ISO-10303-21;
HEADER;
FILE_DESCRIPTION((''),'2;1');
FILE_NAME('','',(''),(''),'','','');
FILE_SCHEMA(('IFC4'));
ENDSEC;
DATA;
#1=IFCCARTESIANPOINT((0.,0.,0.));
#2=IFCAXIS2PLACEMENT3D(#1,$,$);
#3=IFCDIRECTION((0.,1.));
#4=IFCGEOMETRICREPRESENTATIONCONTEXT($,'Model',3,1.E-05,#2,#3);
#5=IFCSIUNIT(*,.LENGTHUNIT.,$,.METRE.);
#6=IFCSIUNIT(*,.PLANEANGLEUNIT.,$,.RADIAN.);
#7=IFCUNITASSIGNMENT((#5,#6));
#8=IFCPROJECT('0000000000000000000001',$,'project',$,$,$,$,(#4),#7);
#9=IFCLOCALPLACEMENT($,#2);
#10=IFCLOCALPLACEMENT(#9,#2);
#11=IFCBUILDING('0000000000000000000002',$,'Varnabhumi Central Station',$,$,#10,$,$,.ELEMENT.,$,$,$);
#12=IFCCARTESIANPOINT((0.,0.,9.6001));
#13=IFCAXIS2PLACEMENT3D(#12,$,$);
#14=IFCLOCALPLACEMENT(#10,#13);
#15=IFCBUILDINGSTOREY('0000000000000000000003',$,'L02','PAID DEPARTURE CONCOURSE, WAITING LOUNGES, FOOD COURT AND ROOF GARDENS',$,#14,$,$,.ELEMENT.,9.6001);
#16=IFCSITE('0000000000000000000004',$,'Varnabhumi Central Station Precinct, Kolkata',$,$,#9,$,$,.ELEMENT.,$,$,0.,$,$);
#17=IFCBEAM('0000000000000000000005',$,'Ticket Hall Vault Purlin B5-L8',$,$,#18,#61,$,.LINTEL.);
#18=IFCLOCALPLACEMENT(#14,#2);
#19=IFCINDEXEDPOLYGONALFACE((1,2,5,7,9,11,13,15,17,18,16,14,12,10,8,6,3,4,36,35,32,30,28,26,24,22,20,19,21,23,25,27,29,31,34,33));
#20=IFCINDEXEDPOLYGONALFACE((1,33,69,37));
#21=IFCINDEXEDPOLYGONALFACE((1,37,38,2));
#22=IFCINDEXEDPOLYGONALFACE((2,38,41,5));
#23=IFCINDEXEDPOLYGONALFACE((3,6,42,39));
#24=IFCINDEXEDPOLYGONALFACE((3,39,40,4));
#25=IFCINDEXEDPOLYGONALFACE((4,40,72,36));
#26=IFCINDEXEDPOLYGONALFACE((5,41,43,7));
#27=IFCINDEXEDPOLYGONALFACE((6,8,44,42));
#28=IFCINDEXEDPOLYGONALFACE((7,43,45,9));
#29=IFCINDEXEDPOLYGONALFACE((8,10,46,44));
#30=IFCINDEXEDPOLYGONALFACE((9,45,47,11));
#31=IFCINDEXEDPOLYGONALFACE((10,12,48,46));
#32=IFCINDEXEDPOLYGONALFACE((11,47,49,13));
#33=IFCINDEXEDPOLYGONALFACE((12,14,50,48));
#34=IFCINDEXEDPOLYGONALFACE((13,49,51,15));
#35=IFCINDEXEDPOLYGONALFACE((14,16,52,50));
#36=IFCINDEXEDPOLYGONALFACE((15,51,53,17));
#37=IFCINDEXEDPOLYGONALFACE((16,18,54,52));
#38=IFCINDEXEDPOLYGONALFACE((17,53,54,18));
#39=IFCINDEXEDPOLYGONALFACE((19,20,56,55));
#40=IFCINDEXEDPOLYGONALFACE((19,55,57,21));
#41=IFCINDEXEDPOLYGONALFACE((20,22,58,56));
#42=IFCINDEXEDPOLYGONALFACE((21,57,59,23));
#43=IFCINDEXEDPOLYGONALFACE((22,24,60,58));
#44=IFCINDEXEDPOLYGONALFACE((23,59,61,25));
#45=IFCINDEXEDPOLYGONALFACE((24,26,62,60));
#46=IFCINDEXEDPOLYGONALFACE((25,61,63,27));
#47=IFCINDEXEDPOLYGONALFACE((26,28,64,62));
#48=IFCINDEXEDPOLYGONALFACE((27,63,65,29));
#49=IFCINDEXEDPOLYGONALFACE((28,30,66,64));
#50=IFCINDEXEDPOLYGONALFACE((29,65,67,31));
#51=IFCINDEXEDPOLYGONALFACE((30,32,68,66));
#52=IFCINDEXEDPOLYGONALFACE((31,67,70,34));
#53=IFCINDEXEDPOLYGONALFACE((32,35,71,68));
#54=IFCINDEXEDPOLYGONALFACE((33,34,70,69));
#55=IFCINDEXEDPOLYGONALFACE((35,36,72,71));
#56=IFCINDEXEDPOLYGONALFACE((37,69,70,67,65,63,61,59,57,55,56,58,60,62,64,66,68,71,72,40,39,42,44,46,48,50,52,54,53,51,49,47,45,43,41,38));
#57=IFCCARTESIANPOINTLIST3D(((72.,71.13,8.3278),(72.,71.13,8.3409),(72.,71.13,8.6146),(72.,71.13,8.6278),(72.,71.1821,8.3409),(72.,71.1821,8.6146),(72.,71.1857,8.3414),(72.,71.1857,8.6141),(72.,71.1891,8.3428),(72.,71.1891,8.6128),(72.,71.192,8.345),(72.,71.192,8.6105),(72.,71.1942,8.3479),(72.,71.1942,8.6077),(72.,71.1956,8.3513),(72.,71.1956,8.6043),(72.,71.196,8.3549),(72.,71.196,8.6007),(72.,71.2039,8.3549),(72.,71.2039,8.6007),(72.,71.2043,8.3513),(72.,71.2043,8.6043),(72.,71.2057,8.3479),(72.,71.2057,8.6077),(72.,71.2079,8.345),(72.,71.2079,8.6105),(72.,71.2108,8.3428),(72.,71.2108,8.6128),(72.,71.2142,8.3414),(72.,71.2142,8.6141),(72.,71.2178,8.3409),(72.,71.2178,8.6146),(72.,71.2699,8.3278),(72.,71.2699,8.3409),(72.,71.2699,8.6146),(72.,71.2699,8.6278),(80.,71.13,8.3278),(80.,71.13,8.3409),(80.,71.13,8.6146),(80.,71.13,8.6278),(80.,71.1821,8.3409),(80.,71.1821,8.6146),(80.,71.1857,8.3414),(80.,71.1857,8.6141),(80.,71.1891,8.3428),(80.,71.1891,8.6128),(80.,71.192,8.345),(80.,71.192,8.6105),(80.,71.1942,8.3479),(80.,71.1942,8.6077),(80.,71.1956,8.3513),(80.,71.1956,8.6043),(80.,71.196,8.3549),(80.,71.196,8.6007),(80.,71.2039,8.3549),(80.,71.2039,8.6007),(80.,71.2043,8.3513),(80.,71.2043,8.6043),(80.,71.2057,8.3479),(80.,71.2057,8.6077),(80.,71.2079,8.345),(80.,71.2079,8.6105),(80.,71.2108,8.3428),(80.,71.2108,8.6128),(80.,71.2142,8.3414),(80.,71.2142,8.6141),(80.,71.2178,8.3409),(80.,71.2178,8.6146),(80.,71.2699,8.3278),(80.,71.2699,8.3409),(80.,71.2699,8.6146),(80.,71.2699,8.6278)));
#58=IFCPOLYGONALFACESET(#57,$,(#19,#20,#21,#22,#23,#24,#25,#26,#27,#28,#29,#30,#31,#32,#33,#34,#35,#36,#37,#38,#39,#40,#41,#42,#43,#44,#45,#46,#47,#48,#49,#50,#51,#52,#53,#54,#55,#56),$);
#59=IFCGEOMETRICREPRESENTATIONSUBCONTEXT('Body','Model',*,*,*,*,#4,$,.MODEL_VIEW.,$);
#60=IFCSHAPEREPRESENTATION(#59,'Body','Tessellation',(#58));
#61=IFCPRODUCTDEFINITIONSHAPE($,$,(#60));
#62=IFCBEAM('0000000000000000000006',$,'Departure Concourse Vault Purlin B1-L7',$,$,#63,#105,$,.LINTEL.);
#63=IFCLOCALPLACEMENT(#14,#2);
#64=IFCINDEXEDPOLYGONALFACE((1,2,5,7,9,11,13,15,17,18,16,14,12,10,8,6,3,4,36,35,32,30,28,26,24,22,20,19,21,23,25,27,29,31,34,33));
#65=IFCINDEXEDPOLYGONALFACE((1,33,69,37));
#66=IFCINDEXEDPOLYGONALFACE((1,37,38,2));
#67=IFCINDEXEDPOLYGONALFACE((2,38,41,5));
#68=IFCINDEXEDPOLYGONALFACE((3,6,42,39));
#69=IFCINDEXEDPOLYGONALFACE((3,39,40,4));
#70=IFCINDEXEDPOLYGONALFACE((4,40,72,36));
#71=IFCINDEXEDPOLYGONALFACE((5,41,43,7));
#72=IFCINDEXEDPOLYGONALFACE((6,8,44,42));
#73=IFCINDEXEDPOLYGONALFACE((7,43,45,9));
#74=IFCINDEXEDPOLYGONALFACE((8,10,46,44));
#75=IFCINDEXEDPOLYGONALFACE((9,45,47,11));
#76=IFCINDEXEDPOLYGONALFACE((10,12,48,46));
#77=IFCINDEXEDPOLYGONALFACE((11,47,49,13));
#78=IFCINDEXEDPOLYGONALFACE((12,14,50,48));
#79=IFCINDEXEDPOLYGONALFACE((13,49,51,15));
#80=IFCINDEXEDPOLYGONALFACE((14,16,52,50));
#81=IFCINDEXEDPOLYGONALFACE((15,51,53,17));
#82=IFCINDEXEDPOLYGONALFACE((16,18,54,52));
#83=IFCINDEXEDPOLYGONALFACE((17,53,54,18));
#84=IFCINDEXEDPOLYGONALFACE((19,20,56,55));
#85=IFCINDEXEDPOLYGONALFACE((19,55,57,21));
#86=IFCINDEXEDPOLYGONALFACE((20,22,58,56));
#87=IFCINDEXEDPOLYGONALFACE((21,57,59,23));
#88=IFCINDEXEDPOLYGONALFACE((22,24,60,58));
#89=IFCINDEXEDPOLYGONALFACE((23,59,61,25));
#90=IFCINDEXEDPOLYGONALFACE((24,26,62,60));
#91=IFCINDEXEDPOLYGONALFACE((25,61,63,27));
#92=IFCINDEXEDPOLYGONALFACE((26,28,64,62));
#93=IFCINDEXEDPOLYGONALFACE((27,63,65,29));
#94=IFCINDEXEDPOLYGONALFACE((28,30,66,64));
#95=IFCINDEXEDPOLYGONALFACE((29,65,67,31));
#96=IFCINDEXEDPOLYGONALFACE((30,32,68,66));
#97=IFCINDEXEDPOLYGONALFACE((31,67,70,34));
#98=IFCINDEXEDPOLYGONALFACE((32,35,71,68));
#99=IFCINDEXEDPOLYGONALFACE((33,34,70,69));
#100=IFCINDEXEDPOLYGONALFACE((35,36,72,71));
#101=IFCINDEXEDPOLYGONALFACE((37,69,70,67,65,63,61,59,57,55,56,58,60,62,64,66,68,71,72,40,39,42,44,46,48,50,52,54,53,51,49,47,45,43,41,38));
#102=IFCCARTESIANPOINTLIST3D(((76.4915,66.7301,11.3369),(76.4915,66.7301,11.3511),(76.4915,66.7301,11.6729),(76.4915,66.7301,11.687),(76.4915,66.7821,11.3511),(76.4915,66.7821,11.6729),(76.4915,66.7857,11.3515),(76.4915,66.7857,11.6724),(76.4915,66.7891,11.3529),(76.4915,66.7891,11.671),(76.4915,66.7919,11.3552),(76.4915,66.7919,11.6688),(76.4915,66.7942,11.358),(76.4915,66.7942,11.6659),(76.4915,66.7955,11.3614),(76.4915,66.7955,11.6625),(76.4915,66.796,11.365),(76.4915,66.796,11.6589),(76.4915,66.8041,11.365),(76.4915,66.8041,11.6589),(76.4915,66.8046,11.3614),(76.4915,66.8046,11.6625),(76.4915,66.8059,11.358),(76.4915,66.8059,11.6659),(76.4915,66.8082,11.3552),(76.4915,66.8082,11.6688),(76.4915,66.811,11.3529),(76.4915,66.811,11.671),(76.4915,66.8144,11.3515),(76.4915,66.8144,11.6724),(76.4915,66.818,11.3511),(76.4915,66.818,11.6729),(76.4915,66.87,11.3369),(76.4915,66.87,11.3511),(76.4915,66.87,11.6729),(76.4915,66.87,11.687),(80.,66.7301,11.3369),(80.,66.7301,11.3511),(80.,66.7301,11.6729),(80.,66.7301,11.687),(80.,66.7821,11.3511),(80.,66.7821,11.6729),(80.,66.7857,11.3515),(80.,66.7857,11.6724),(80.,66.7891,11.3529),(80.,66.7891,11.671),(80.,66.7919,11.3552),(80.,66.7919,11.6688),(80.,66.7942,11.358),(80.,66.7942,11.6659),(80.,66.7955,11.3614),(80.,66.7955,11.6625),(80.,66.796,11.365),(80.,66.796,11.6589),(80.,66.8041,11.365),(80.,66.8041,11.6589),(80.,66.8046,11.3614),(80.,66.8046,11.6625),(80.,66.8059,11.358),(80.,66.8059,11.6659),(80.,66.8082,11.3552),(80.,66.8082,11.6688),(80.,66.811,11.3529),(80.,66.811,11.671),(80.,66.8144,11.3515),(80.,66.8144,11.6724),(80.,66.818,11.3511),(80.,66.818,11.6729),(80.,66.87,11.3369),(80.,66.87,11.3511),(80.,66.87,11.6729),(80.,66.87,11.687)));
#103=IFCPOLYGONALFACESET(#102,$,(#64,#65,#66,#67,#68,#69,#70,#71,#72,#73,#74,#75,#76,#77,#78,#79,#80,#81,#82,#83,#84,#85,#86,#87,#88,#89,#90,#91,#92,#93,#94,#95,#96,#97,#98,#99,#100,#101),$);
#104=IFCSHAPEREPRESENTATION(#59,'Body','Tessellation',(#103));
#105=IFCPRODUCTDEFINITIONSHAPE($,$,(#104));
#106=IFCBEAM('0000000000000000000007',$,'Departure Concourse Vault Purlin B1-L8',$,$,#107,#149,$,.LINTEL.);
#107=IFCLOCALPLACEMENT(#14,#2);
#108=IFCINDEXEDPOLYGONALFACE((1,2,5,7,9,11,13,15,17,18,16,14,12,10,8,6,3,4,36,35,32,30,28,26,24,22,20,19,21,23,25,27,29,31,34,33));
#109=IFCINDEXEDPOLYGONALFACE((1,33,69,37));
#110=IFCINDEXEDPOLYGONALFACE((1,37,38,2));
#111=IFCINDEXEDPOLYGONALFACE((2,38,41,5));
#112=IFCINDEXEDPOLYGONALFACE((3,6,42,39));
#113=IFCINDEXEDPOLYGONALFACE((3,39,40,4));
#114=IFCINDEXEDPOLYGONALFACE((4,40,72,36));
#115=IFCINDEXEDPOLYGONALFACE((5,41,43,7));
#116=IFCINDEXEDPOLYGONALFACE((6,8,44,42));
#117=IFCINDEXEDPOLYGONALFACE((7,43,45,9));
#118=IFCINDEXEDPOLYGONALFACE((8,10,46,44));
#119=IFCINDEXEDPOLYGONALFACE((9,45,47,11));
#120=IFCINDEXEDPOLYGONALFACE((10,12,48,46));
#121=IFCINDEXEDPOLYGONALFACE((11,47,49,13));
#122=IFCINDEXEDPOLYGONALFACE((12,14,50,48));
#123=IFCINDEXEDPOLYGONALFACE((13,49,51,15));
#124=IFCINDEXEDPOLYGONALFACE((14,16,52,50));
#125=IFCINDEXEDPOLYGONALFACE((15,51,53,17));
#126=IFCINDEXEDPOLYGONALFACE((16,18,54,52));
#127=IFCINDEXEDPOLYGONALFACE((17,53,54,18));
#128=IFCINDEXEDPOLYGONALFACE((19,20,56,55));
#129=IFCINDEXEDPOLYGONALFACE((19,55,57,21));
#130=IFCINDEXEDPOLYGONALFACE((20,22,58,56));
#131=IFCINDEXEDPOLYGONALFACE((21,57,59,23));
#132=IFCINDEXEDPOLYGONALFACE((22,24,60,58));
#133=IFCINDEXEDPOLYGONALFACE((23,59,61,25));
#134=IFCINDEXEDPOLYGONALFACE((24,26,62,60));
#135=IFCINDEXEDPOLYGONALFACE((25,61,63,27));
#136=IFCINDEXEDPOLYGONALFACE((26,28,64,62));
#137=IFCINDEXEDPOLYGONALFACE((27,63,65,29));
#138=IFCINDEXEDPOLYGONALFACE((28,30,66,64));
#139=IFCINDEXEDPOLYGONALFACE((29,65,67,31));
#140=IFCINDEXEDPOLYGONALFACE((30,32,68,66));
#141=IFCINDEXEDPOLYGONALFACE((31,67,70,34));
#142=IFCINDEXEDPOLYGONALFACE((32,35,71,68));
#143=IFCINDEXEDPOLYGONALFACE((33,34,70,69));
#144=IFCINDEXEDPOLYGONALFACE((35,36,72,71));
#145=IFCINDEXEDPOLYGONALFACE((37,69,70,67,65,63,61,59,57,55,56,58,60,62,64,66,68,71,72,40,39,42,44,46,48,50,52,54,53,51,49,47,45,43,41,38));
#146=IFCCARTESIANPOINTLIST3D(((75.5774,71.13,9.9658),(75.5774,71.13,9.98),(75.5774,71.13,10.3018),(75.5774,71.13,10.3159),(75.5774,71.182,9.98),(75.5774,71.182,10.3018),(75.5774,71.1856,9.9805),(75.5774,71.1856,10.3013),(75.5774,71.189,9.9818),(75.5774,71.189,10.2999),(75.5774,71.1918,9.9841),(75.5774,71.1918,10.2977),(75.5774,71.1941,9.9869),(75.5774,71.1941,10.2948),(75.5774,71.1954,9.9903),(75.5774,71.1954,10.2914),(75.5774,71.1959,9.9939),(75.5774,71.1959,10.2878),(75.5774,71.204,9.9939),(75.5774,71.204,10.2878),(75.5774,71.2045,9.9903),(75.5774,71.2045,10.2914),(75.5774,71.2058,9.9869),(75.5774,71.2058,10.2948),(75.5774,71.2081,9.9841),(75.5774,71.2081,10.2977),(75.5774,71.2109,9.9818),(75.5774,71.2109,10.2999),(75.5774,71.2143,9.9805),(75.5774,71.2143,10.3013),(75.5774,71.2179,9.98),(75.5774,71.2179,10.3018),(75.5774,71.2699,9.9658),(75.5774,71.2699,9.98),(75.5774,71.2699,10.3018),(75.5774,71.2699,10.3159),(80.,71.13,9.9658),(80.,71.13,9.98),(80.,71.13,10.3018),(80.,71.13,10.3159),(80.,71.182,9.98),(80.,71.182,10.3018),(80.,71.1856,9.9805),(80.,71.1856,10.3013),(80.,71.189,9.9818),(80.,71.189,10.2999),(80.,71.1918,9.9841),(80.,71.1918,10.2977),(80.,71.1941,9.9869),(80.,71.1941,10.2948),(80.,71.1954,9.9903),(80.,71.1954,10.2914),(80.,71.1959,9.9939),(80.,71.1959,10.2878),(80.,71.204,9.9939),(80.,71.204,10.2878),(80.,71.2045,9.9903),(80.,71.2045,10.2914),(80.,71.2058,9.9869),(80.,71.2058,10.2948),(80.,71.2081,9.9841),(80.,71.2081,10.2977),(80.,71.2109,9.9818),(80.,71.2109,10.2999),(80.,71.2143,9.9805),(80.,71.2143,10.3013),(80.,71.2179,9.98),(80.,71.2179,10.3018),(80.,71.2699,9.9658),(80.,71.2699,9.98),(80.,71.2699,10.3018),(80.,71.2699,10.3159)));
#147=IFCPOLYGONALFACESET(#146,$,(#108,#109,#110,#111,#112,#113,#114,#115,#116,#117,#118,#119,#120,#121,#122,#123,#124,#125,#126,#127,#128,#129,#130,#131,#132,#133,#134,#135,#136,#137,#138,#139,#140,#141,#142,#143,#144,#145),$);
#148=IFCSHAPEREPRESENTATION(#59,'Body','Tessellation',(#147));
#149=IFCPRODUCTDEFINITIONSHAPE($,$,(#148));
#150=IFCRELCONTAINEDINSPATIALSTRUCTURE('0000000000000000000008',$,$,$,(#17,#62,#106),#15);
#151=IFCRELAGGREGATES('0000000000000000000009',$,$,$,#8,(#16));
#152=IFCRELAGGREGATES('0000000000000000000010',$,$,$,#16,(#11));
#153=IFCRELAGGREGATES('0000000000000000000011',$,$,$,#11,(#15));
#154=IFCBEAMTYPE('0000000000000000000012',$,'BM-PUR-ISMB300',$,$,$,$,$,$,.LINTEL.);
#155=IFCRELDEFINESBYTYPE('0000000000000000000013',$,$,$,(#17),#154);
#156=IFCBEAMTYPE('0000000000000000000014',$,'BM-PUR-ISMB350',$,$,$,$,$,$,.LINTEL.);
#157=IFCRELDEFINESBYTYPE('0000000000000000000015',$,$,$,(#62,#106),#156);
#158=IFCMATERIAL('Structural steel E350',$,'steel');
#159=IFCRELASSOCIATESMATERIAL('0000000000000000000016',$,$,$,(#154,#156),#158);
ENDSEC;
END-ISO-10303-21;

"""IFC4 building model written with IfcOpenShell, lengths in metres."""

from ifc_helpers import new_model, si_unit, direction, frame, origin, origin_2d, place, context, subcontext, project, spatial, i_section, extrude, material, material_profile, profile_set, type_object, element, save


model = new_model("IFC4")

# Units and contexts
model_context = context("Model", 3, precision=1e-05, world=origin(), true_north=direction((0.0, 1.0)))
body_context = subcontext(model_context, "Body", "Model", "MODEL_VIEW")
ifc_project = project(units=[si_unit("LENGTHUNIT", "METRE"), si_unit("PLANEANGLEUNIT", "RADIAN")], contexts=[model_context])

# Site, building, storey
site_placement = place(None, origin())
site = spatial("IfcSite", under=ifc_project, at=site_placement, Name="Varnabhumi Central Station Precinct, Kolkata", CompositionType="ELEMENT", RefElevation=0.0)
building_placement = place(site_placement, origin())
building = spatial("IfcBuilding", under=site, at=building_placement, Name="Varnabhumi Central Station", CompositionType="ELEMENT")
storey_placement = place(building_placement, frame((0.0, 0.0, 9.6001)))
storey = spatial("IfcBuildingStorey", under=building, at=storey_placement, Name="L02", Description="PAID DEPARTURE CONCOURSE, WAITING LOUNGES, FOOD COURT AND ROOF GARDENS", CompositionType="ELEMENT", Elevation=9.6001)

# Beams
ifc_material_1 = material(Name="Structural steel E350", Category="steel")
ifc_material_profile_1 = material_profile(ifc_material_1, i_section(OverallWidth=0.1399, OverallDepth=0.3, WebThickness=0.0078, FlangeThickness=0.0132, FilletRadius=0.0139, at=origin_2d()), Name="Structural steel E350", Category="steel")
ifc_profile_set_1 = profile_set([ifc_material_profile_1], Name="Structural steel E350")
beam_type_1 = type_object("IfcBeamType", Name="BM-PUR-ISMB300", PredefinedType="LINTEL", material=ifc_profile_set_1)
beam_1_placement = place(storey_placement, frame((72.0, 71.2, 8.4778), z_axis=(1.0, 0.0, 0.0), x_axis=(0.0, 1.0, 0.0)))
element("IfcBeam", 1, at=beam_1_placement, inside=storey, type_object=beam_type_1, Name="Ticket Hall Vault Purlin B5-L8", PredefinedType="LINTEL", context=body_context, shape_type="SweptSolid", body=[
    extrude(i_section(OverallWidth=0.1399, OverallDepth=0.3, WebThickness=0.0078, FlangeThickness=0.0132, FilletRadius=0.0139, at=origin_2d()), origin(), (0.0, 0.0, 1.0), 8.0),
])
ifc_material_profile_2 = material_profile(ifc_material_1, i_section(OverallWidth=0.1399, OverallDepth=0.3501, WebThickness=0.0081, FlangeThickness=0.0142, FilletRadius=0.0139, at=origin_2d()), Name="Structural steel E350", Category="steel")
ifc_profile_set_2 = profile_set([ifc_material_profile_2], Name="Structural steel E350")
beam_type_2 = type_object("IfcBeamType", Name="BM-PUR-ISMB350", PredefinedType="LINTEL", material=ifc_profile_set_2)
beam_2_placement = place(storey_placement, frame((76.4915, 66.8, 11.512), z_axis=(1.0, 0.0, 0.0), x_axis=(0.0, 1.0, 0.0)))
element("IfcBeam", 2, at=beam_2_placement, inside=storey, type_object=beam_type_2, Name="Departure Concourse Vault Purlin B1-L7", PredefinedType="LINTEL", context=body_context, shape_type="SweptSolid", body=[
    extrude(i_section(OverallWidth=0.1399, OverallDepth=0.3501, WebThickness=0.0081, FlangeThickness=0.0142, FilletRadius=0.0139, at=origin_2d()), origin(), (0.0, 0.0, 1.0), 3.5085),
])
beam_3_placement = place(storey_placement, frame((75.5774, 71.2, 10.1409), z_axis=(1.0, 0.0, 0.0), x_axis=(0.0, 1.0, 0.0)))
element("IfcBeam", 3, at=beam_3_placement, inside=storey, type_object=beam_type_2, Name="Departure Concourse Vault Purlin B1-L8", PredefinedType="LINTEL", context=body_context, shape_type="SweptSolid", body=[
    extrude(i_section(OverallWidth=0.1399, OverallDepth=0.3501, WebThickness=0.0081, FlangeThickness=0.0142, FilletRadius=0.0139, at=origin_2d()), origin(), (0.0, 0.0, 1.0), 4.4226),
])

save(model, "model.ifc")
